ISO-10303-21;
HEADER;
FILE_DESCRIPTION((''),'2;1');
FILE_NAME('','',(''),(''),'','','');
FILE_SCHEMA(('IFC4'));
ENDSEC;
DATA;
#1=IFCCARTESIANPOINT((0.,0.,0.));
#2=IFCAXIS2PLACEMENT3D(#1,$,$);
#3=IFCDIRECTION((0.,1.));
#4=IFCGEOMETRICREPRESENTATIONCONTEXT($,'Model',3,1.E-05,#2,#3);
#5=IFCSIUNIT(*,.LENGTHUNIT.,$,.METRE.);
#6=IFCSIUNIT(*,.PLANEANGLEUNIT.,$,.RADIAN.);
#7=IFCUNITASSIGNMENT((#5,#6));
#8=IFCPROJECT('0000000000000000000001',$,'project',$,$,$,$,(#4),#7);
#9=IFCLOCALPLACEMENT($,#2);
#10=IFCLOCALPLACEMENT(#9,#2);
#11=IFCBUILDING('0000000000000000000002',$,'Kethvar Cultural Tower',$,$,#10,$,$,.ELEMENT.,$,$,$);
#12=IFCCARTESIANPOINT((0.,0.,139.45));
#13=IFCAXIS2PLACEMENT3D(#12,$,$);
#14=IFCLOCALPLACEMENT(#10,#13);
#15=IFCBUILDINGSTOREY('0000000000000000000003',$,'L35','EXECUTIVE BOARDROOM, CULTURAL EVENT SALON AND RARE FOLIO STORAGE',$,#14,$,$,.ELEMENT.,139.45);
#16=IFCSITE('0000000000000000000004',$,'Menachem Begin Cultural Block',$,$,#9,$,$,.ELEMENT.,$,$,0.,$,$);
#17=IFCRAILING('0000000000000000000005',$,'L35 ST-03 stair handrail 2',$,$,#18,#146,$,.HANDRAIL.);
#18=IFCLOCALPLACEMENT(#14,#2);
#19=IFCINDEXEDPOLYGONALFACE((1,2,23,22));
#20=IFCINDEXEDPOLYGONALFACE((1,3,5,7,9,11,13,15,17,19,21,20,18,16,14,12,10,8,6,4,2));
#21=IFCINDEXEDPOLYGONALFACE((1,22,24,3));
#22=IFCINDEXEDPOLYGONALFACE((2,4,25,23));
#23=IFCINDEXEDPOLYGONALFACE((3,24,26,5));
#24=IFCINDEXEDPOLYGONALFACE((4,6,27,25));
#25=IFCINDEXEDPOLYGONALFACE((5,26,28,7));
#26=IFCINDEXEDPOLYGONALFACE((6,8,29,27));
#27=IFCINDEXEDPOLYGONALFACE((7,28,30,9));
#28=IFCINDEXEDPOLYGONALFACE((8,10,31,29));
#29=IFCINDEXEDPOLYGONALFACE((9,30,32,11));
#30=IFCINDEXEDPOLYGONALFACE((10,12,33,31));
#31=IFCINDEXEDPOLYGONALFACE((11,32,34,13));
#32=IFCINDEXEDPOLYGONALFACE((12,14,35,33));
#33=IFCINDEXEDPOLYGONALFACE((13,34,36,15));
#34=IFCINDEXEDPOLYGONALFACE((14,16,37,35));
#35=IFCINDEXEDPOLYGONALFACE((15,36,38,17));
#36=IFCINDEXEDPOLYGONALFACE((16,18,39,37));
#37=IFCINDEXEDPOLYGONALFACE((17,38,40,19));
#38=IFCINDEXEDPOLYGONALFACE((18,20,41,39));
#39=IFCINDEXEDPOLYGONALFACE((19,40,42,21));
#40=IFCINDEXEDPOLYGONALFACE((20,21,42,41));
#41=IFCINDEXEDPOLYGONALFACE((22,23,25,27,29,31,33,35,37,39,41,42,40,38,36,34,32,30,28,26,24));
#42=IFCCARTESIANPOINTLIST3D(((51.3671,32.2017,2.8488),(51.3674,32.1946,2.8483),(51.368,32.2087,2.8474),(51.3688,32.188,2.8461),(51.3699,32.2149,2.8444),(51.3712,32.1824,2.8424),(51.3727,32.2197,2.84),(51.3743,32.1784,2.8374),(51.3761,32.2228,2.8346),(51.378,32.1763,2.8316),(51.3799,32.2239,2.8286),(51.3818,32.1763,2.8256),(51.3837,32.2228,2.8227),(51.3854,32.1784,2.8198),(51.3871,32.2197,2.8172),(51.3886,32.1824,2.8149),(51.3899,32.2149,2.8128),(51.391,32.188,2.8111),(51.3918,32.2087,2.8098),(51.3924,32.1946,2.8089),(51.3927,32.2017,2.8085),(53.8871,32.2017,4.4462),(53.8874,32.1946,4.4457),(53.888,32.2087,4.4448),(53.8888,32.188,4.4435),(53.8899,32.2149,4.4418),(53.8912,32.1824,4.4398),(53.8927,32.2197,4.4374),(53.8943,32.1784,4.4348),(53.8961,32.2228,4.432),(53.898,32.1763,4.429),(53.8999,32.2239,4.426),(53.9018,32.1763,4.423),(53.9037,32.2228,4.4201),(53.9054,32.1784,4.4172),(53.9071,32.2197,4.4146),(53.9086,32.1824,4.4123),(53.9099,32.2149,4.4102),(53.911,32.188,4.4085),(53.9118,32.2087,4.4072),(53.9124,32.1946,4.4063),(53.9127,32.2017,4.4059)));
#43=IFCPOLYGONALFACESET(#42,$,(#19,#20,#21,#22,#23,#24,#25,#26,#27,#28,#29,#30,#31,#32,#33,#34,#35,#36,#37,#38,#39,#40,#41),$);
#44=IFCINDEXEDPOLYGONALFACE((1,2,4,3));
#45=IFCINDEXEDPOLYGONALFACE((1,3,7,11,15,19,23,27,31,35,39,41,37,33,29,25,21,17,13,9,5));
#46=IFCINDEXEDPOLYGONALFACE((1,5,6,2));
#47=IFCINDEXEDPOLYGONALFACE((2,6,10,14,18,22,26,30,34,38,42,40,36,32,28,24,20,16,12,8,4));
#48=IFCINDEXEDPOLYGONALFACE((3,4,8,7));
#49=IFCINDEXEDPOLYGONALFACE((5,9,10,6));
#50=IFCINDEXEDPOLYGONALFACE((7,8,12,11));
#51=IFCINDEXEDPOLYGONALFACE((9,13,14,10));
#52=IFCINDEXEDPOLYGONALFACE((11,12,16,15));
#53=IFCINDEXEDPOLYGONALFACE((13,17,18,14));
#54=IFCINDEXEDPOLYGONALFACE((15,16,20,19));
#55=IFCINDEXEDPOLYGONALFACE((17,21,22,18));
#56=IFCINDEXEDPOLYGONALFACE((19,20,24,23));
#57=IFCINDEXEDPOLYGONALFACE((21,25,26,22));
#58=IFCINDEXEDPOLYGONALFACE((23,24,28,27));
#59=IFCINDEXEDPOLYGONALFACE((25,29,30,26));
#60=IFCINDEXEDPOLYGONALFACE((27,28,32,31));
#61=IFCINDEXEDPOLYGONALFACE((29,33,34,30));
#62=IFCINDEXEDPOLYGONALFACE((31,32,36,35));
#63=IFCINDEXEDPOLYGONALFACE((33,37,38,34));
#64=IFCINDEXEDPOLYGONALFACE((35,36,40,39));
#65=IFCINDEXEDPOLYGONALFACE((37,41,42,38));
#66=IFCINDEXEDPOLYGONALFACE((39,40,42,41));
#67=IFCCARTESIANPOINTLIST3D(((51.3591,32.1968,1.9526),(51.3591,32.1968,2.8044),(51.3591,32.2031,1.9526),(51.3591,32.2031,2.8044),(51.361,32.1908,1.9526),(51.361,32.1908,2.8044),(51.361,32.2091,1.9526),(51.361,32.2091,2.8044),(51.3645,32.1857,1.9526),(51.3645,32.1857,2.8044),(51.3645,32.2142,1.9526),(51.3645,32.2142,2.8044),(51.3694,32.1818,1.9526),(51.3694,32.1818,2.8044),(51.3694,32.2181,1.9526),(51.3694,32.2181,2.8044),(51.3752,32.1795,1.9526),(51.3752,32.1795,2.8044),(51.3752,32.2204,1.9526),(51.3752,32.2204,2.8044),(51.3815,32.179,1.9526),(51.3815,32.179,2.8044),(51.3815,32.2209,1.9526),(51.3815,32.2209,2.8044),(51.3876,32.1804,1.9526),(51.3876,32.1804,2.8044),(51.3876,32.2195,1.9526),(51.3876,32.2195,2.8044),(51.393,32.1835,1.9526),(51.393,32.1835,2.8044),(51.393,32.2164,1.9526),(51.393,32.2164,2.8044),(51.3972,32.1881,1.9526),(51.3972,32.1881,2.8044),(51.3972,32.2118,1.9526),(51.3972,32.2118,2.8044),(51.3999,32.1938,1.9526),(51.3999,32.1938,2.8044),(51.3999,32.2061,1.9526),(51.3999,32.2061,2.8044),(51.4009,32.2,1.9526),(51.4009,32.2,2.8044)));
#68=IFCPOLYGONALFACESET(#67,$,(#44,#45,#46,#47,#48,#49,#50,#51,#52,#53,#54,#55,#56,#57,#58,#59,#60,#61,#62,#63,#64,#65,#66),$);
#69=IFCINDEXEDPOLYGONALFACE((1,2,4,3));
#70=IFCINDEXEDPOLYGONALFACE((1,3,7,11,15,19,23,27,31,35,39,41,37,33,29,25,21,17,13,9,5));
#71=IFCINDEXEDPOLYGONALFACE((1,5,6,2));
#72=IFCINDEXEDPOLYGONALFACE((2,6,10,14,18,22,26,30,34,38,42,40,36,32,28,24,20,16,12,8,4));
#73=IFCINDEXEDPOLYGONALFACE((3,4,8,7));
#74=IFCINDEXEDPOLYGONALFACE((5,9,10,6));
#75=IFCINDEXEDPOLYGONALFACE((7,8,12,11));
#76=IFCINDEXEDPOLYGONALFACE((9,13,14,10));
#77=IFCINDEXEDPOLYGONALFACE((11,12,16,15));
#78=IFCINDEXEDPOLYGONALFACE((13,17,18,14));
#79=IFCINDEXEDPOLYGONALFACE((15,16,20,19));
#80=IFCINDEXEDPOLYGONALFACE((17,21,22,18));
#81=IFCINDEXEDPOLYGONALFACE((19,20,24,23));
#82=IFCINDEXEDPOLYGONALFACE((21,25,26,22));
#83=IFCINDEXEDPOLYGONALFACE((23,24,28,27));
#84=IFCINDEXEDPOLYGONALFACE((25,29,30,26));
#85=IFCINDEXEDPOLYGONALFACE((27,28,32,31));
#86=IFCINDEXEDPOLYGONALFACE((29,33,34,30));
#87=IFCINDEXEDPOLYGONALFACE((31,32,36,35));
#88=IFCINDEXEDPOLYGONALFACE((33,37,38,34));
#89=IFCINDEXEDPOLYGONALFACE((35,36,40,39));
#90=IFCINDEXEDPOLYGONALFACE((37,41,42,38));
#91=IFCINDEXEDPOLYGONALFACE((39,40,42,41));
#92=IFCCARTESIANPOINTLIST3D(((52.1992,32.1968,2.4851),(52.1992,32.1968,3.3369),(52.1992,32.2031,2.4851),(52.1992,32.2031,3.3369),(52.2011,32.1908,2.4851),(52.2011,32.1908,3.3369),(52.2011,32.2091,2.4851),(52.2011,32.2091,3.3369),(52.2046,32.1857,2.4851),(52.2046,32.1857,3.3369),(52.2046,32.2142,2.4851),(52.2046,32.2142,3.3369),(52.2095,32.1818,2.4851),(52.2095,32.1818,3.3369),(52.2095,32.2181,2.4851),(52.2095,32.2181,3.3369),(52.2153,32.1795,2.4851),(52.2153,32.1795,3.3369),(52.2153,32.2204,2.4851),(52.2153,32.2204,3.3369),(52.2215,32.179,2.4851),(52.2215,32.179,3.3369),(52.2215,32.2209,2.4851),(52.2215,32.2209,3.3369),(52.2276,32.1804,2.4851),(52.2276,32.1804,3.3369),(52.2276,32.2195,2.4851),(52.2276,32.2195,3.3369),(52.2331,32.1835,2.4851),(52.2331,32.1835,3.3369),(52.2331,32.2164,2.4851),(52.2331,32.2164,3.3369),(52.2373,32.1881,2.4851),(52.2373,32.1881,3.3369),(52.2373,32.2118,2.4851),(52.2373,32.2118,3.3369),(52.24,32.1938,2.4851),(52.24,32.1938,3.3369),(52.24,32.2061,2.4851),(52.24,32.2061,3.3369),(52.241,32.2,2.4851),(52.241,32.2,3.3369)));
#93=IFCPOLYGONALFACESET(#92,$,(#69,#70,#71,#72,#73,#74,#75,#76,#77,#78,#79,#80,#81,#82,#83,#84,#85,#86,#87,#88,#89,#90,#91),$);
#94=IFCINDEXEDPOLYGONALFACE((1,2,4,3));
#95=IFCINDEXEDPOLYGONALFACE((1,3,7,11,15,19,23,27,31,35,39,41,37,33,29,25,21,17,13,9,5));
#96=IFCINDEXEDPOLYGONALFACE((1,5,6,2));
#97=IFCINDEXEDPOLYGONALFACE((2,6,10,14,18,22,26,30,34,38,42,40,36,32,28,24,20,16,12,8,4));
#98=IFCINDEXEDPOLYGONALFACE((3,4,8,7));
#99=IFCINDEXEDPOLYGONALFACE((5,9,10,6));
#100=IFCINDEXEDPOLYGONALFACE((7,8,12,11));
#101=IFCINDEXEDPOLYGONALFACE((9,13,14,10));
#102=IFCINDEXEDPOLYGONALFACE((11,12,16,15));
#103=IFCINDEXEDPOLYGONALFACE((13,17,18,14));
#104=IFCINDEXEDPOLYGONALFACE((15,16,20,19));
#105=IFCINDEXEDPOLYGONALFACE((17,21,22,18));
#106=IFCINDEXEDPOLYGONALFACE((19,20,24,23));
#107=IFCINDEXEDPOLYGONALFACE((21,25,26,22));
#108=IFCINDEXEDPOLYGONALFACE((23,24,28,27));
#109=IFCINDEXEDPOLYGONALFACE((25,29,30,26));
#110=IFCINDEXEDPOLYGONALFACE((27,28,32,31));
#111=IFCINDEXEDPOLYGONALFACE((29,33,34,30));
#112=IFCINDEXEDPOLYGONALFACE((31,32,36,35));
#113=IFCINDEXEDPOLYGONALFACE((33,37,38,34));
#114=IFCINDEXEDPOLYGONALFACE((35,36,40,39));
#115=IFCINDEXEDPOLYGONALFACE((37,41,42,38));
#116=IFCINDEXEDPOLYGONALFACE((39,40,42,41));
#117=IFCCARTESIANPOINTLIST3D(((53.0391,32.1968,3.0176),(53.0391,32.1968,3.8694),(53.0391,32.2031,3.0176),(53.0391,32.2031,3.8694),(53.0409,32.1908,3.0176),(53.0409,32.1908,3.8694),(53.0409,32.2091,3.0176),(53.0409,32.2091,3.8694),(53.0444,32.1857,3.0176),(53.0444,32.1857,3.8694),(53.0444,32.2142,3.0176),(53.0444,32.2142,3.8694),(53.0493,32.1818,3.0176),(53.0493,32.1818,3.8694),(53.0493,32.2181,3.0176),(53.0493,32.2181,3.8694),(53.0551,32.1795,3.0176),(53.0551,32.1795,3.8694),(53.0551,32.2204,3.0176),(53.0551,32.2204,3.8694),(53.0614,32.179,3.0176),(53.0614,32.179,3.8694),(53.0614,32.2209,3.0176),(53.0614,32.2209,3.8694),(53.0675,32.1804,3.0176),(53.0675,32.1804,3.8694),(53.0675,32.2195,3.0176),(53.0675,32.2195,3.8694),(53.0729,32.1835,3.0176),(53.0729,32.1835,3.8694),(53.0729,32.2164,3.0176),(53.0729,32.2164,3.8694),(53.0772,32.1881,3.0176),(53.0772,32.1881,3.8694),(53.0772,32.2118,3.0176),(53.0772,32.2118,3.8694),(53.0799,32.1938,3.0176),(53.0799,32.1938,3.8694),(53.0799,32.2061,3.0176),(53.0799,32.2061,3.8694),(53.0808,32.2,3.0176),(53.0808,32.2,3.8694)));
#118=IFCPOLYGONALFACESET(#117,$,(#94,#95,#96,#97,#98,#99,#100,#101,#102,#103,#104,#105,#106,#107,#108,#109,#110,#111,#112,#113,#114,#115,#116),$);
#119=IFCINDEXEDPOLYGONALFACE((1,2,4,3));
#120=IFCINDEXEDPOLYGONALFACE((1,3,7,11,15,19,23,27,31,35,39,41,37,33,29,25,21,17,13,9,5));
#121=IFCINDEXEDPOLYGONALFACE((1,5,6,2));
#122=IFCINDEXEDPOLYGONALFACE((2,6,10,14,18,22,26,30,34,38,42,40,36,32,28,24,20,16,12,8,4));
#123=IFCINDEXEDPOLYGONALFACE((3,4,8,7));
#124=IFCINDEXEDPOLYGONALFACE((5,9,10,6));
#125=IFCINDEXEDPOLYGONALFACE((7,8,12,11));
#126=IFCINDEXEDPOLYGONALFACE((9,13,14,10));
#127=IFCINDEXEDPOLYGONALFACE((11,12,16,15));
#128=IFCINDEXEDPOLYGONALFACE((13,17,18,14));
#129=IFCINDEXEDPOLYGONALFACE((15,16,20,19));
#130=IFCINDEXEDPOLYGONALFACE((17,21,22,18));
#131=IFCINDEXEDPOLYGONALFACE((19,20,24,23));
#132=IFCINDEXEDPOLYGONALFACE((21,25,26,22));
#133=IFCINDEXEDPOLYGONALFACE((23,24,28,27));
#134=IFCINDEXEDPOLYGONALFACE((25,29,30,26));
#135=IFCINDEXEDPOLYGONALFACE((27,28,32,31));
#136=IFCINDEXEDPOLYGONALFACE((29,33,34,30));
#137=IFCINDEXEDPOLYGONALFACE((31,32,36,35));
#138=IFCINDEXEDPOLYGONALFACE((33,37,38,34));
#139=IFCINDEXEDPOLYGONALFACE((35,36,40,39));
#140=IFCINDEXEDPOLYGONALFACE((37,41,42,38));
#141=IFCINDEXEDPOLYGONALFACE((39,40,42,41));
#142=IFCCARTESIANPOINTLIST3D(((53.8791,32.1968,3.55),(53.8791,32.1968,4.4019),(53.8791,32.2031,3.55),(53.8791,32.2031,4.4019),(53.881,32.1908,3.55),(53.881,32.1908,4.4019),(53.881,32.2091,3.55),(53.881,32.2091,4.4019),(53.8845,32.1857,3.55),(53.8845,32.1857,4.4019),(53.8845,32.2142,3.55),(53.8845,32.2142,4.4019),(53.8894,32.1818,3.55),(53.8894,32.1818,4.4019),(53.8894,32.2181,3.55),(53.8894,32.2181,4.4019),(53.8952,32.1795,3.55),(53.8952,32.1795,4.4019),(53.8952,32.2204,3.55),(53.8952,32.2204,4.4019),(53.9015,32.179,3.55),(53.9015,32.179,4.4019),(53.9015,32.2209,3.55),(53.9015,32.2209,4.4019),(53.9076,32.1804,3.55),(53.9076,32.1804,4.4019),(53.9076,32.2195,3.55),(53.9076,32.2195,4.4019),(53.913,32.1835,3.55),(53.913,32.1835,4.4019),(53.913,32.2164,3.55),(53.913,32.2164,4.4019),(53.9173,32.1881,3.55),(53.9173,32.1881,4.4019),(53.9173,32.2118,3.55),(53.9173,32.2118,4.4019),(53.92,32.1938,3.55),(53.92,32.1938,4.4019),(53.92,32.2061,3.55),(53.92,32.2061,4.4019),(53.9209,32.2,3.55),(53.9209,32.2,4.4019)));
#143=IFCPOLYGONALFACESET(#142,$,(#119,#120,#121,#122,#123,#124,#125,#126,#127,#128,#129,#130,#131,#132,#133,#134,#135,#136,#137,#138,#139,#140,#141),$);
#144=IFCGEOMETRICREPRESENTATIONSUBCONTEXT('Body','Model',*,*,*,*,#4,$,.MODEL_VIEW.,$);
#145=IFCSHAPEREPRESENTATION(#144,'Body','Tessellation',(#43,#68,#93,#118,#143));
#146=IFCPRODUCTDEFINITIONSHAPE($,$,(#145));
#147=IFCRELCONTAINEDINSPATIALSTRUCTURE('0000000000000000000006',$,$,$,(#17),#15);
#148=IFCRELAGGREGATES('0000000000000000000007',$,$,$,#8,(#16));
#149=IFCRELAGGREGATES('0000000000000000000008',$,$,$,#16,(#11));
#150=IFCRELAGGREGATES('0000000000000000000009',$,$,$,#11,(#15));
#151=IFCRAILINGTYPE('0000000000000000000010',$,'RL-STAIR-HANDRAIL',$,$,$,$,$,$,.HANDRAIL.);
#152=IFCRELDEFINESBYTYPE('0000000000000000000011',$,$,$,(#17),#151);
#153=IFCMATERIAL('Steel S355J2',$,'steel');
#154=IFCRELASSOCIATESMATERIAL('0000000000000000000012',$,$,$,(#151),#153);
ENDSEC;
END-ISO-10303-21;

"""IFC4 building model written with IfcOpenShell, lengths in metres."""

from ifc_helpers import new_model, si_unit, direction, frame, origin, origin_2d, place, context, subcontext, project, spatial, circle, extrude, material, type_object, element, save


model = new_model("IFC4")

# Units and contexts
model_context = context("Model", 3, precision=1e-05, world=origin(), true_north=direction((0.0, 1.0)))
body_context = subcontext(model_context, "Body", "Model", "MODEL_VIEW")
ifc_project = project(units=[si_unit("LENGTHUNIT", "METRE"), si_unit("PLANEANGLEUNIT", "RADIAN")], contexts=[model_context])

# Site, building, storey
site_placement = place(None, origin())
site = spatial("IfcSite", under=ifc_project, at=site_placement, Name="Menachem Begin Cultural Block", CompositionType="ELEMENT", RefElevation=0.0)
building_placement = place(site_placement, origin())
building = spatial("IfcBuilding", under=site, at=building_placement, Name="Kethvar Cultural Tower", CompositionType="ELEMENT")
storey_placement = place(building_placement, frame((0.0, 0.0, 139.45)))
storey = spatial("IfcBuildingStorey", under=building, at=storey_placement, Name="L35", Description="EXECUTIVE BOARDROOM, CULTURAL EVENT SALON AND RARE FOLIO STORAGE", CompositionType="ELEMENT", Elevation=139.45)

# Shared definitions
ifc_material_1 = material(Name="Steel S355J2", Category="steel")

# Railing
railing_type_1 = type_object("IfcRailingType", Name="RL-STAIR-HANDRAIL", PredefinedType="HANDRAIL", material=ifc_material_1)
railing_1_placement = place(storey_placement, frame((51.3799, 32.2, 1.9526)))
element("IfcRailing", 1, at=railing_1_placement, inside=storey, type_object=railing_type_1, Name="L35 ST-03 stair handrail 2", PredefinedType="HANDRAIL", context=body_context, shape_type="SweptSolid", body=[
    extrude(circle(Radius=0.0239, at=origin_2d()), frame((0.0, 0.0, 0.876), z_axis=(0.844607, 0.0, 0.535387), x_axis=(0.0, 1.0, 0.0)), (0.0, 0.0, 1.0), 2.9836),
    extrude(circle(Radius=0.021, at=origin_2d()), origin(), (0.0, 0.0, 1.0), 0.8518),
    extrude(circle(Radius=0.021, at=origin_2d()), frame((0.8401, 0.0, 0.5325)), (0.0, 0.0, 1.0), 0.8518),
    extrude(circle(Radius=0.021, at=origin_2d()), frame((1.6799, 0.0, 1.0649)), (0.0, 0.0, 1.0), 0.8518),
    extrude(circle(Radius=0.021, at=origin_2d()), frame((2.52, 0.0, 1.5974)), (0.0, 0.0, 1.0), 0.8518),
])

save(model, "model.ifc")
